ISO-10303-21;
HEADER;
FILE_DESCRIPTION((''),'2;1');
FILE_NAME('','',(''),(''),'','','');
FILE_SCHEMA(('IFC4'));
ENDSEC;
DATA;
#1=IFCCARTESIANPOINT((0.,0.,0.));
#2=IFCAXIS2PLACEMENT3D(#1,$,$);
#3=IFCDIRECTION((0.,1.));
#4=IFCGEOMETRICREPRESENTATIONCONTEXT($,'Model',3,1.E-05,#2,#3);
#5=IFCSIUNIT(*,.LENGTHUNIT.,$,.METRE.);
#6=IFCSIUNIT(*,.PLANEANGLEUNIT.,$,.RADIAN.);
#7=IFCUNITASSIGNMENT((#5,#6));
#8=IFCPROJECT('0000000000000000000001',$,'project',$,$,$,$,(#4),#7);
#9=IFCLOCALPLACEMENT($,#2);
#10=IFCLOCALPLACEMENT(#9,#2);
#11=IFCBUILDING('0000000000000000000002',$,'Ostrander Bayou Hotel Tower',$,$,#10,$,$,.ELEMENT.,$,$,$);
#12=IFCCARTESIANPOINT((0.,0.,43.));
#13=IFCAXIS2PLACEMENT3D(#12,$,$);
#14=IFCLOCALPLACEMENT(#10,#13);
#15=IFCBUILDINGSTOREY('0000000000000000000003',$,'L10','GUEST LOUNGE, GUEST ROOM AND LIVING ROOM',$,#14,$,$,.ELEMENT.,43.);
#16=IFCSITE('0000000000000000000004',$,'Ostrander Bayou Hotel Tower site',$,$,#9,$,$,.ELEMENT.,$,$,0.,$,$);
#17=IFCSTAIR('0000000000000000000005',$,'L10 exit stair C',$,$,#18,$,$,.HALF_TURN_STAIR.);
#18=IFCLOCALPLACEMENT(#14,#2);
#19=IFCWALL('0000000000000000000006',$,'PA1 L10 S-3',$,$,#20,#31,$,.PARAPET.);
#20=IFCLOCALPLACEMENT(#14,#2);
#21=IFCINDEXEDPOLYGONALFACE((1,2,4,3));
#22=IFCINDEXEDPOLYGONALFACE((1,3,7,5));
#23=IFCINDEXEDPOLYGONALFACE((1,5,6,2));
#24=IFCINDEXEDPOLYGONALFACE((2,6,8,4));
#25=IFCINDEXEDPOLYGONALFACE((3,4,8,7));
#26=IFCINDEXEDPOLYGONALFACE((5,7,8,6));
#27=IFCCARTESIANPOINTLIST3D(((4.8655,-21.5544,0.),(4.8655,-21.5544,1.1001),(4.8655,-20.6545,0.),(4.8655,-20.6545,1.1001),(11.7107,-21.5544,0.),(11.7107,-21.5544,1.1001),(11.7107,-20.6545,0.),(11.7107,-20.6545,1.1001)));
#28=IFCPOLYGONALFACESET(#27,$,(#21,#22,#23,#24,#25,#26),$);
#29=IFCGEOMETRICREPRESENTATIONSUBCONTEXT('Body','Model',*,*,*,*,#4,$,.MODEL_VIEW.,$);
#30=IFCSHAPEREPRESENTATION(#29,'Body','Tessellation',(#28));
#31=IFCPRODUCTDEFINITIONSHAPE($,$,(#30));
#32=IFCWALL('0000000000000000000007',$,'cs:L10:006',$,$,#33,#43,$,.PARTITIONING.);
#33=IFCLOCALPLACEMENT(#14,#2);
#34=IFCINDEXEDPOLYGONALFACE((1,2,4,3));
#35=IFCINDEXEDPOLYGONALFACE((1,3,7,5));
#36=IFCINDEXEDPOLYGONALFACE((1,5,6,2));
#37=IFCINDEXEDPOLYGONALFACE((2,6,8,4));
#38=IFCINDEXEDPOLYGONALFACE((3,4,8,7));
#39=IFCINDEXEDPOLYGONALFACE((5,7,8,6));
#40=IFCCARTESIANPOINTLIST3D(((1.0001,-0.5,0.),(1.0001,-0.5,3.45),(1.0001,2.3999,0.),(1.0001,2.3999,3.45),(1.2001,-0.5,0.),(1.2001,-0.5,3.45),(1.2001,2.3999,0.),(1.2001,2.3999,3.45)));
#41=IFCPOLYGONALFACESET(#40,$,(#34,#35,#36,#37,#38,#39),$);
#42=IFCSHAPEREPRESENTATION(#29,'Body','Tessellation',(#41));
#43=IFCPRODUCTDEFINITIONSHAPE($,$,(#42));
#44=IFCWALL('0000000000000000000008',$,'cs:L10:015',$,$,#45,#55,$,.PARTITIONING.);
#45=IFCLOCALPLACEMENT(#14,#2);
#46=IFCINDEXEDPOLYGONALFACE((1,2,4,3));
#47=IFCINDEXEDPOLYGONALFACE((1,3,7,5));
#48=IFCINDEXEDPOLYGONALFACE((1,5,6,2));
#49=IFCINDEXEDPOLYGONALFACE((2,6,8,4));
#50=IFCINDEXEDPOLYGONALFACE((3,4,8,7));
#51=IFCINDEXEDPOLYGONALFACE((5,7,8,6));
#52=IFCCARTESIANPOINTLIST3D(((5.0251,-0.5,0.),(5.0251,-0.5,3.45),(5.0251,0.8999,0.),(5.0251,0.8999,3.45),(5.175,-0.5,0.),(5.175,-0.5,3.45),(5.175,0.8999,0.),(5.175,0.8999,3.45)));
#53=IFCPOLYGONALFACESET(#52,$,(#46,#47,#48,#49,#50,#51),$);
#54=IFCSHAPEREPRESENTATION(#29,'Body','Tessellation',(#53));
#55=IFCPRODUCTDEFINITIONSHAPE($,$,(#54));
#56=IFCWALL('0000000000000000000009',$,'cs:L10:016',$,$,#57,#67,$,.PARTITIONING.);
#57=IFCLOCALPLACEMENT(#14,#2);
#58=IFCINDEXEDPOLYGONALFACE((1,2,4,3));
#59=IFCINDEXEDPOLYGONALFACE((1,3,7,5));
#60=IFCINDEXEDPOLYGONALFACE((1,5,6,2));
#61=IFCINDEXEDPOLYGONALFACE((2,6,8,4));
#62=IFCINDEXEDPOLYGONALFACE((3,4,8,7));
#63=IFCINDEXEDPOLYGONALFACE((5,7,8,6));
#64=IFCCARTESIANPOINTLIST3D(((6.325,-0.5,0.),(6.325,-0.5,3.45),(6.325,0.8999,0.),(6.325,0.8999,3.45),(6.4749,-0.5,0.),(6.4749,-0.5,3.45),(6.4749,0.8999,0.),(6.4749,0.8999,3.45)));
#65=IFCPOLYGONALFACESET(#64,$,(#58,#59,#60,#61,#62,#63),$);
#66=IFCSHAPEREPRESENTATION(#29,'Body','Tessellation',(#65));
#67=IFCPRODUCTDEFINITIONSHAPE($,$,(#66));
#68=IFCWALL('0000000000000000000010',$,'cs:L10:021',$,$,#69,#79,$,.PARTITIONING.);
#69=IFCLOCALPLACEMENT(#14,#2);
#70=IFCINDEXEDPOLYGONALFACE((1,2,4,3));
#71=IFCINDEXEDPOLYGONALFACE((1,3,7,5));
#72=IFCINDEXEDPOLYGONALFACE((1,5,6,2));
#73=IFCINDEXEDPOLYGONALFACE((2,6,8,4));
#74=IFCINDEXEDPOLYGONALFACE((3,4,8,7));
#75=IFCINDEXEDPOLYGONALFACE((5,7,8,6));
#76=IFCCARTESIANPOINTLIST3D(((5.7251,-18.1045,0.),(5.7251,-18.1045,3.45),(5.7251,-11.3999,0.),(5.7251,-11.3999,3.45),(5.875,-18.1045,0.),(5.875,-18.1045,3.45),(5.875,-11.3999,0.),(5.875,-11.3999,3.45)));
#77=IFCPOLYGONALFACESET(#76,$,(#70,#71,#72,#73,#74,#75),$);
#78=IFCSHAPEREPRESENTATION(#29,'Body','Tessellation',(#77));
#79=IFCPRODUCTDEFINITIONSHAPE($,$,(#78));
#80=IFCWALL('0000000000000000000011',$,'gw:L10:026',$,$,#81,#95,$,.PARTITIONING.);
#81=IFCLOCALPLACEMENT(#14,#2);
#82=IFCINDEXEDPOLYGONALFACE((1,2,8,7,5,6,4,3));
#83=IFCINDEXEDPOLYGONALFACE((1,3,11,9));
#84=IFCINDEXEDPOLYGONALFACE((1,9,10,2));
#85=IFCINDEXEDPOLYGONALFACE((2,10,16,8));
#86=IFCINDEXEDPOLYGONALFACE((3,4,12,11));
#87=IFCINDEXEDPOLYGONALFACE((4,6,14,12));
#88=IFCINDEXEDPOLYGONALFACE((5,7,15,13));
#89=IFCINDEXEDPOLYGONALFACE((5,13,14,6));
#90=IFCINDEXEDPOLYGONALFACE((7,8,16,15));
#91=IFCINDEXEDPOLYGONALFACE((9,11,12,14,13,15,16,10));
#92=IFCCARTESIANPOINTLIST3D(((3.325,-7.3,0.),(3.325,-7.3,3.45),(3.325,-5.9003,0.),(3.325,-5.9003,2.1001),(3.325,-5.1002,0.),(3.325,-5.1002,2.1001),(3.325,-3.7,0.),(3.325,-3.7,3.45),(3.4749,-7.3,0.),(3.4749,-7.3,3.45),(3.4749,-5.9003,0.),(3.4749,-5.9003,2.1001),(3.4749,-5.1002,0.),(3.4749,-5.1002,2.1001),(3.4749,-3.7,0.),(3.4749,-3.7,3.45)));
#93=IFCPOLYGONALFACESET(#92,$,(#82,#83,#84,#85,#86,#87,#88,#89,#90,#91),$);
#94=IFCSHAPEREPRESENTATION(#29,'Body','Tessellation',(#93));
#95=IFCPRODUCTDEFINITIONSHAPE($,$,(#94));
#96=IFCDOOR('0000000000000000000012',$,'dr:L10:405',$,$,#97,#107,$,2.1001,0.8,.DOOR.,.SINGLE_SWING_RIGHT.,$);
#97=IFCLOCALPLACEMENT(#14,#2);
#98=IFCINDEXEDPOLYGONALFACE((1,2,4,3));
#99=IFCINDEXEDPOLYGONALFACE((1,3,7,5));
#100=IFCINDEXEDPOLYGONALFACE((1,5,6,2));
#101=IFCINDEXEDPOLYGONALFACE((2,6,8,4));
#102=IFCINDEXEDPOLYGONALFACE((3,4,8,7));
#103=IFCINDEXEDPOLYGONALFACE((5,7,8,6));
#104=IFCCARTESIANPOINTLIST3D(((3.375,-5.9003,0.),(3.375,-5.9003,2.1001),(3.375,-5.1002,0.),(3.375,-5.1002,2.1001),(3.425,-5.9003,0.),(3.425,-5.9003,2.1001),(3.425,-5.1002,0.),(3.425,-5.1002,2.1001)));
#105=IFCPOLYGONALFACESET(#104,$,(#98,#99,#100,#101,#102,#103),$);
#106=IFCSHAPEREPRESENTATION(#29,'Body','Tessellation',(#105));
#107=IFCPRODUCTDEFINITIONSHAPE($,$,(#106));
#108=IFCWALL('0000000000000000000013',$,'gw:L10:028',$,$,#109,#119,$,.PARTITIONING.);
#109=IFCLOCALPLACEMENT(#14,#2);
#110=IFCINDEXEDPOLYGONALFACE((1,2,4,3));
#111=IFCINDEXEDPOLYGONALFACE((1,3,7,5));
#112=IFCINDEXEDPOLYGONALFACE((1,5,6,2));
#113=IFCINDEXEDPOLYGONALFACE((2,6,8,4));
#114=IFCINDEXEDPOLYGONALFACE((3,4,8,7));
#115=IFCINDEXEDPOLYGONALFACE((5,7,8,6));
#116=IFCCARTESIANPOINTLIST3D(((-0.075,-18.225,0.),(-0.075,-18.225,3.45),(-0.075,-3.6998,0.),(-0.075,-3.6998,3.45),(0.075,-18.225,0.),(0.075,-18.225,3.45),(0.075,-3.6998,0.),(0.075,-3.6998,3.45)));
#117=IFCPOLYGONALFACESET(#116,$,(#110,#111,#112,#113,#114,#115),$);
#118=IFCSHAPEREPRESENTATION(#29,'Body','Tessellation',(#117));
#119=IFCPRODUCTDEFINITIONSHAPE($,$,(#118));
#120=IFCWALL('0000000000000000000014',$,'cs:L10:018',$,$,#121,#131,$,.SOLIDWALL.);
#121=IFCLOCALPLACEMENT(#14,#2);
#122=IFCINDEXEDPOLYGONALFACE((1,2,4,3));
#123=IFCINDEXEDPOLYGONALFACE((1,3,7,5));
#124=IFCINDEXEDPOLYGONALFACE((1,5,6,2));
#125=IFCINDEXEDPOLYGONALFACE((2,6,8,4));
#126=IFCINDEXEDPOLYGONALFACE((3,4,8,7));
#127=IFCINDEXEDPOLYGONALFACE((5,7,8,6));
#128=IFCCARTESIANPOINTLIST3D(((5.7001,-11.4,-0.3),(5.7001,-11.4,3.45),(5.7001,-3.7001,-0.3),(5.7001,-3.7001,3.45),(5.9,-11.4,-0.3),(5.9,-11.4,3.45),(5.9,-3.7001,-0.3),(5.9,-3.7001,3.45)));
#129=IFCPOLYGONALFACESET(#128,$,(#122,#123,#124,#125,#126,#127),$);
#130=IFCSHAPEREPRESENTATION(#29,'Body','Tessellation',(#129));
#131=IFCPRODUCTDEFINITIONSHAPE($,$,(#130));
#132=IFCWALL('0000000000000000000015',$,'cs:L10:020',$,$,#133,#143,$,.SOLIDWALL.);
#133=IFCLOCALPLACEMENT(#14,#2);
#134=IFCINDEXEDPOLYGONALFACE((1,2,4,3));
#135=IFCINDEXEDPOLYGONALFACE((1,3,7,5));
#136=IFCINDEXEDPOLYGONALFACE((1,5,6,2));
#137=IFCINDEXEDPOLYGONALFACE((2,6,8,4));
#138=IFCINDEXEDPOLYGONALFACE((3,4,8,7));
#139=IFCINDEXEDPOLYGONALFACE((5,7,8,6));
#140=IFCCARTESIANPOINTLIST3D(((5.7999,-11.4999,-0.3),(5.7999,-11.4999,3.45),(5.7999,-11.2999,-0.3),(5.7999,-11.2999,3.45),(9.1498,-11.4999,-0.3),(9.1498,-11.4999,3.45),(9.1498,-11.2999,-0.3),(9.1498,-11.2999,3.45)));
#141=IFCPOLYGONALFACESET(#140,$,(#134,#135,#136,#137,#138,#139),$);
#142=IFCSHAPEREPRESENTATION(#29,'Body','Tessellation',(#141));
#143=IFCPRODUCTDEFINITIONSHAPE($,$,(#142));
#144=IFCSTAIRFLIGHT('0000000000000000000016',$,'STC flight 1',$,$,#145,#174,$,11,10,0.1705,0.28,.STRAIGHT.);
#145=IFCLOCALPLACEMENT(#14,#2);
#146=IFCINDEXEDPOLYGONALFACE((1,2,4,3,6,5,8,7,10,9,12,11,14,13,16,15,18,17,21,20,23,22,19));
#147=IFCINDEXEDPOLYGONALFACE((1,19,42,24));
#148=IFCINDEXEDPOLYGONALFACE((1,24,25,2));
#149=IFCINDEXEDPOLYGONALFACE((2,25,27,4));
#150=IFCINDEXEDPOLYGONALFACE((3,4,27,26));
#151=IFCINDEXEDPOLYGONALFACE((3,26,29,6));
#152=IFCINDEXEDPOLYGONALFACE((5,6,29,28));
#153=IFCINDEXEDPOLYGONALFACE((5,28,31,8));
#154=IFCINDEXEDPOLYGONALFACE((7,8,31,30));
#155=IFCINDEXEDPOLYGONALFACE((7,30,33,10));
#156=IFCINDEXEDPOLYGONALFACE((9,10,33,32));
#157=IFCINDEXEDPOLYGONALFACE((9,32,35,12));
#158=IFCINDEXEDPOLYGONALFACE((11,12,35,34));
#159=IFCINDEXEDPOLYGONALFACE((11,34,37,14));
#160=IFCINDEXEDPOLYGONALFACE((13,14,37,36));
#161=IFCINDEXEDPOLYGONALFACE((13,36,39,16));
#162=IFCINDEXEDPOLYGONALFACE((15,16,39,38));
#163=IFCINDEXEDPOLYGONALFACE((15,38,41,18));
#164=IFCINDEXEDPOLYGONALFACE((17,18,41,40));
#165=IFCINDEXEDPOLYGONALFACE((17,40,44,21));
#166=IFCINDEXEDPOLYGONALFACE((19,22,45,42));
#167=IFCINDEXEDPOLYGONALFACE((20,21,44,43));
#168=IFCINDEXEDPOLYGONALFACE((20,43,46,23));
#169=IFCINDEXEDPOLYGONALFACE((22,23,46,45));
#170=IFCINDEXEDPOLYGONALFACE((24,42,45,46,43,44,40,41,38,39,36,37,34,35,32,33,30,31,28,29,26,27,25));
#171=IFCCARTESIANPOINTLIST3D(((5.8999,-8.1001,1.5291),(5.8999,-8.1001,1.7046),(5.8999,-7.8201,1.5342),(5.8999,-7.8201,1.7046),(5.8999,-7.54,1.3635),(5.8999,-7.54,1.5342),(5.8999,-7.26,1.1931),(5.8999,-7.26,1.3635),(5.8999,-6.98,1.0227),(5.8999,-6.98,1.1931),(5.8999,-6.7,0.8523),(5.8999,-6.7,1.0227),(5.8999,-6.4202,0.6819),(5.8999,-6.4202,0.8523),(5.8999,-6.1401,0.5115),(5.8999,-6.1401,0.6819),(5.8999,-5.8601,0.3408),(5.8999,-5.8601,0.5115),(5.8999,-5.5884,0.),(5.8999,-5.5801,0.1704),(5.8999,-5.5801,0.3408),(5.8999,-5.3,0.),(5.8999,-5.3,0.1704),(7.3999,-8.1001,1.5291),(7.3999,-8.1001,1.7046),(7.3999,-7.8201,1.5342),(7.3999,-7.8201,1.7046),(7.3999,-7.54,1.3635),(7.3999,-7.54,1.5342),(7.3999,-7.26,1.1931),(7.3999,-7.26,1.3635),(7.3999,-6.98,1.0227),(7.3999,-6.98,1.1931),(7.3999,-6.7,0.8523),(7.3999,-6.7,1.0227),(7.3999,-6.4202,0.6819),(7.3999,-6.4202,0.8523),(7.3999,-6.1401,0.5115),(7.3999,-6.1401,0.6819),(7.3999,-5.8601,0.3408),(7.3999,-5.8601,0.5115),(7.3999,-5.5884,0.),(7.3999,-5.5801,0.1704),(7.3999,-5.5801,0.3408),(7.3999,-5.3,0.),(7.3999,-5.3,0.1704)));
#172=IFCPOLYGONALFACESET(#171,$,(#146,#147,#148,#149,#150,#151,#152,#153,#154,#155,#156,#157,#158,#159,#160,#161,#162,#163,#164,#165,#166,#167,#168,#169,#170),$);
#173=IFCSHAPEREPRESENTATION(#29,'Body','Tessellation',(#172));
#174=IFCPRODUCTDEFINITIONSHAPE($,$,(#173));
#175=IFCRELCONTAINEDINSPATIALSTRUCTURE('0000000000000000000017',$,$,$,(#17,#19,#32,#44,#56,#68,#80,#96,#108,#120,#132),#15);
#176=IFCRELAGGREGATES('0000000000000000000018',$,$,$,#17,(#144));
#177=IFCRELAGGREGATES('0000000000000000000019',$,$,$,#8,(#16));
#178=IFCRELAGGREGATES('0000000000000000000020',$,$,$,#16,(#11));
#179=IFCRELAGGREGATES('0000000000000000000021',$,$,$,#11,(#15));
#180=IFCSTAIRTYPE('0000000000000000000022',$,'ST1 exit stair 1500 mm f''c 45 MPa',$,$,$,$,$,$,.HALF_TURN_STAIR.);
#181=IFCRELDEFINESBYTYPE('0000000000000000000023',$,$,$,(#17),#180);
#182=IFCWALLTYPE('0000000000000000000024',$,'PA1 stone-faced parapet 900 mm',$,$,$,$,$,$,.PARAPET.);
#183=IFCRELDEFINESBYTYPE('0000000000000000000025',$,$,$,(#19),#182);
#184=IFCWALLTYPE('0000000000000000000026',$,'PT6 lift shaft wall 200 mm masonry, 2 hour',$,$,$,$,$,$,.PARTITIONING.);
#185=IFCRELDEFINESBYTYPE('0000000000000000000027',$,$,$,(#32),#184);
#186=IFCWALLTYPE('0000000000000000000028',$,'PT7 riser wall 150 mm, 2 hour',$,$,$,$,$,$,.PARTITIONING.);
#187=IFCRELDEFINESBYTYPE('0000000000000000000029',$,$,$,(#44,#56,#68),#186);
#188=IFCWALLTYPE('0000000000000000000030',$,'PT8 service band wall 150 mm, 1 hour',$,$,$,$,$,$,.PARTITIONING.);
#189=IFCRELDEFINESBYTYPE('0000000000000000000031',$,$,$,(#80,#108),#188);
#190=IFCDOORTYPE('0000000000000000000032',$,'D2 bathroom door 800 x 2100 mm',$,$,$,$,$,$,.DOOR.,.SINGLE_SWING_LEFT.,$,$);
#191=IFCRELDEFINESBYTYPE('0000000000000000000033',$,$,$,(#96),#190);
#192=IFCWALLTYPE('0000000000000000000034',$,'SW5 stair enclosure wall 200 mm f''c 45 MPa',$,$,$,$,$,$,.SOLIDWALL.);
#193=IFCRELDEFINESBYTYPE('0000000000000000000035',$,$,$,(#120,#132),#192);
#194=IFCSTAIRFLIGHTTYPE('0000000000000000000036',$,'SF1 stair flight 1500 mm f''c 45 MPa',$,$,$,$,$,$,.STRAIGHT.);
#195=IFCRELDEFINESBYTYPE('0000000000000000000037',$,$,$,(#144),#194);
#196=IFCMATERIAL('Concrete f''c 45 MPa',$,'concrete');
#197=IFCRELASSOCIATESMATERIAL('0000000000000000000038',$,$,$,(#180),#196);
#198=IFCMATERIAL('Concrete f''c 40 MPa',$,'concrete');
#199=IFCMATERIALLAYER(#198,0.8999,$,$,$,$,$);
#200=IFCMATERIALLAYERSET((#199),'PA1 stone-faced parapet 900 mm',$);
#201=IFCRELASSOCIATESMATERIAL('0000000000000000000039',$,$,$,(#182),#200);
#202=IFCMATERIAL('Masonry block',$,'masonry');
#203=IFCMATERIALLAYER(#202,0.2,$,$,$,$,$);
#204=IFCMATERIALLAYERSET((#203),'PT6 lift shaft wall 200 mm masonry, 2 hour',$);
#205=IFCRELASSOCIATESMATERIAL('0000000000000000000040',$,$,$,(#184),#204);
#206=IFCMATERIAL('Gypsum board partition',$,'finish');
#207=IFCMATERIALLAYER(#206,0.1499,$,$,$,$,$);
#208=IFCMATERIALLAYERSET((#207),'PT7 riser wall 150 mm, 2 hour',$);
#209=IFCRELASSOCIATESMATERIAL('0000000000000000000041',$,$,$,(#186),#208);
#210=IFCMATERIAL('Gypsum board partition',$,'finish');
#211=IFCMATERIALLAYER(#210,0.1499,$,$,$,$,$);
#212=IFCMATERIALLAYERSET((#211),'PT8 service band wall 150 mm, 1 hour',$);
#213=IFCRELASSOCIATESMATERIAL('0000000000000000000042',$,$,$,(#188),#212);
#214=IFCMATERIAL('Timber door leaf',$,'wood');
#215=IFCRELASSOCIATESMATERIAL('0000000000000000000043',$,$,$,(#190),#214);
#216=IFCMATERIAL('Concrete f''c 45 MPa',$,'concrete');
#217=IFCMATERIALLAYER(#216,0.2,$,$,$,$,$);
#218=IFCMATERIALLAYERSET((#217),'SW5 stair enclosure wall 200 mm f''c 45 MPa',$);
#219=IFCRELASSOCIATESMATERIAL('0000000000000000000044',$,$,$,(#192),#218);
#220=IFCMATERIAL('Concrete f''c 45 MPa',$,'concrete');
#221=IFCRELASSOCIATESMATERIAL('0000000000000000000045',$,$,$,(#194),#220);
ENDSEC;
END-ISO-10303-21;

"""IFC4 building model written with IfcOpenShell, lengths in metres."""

from ifc_helpers import new_model, si_unit, direction, frame, frame_2d, origin, place, context, subcontext, project, spatial, polyline, rectangle, outline, extrude, material, layer, layer_set, type_object, element, fill, aggregate, save


model = new_model("IFC4")

# Units and contexts
model_context = context("Model", 3, precision=1e-05, world=origin(), true_north=direction((0.0, 1.0)))
body_context = subcontext(model_context, "Body", "Model", "MODEL_VIEW")
ifc_project = project(units=[si_unit("LENGTHUNIT", "METRE"), si_unit("PLANEANGLEUNIT", "RADIAN")], contexts=[model_context])

# Site, building, storey
site_placement = place(None, origin())
site = spatial("IfcSite", under=ifc_project, at=site_placement, Name="Ostrander Bayou Hotel Tower site", CompositionType="ELEMENT", RefElevation=0.0)
building_placement = place(site_placement, origin())
building = spatial("IfcBuilding", under=site, at=building_placement, Name="Ostrander Bayou Hotel Tower", CompositionType="ELEMENT")
storey_placement = place(building_placement, frame((0.0, 0.0, 43.0)))
storey = spatial("IfcBuildingStorey", under=building, at=storey_placement, Name="L10", Description="GUEST LOUNGE, GUEST ROOM AND LIVING ROOM", CompositionType="ELEMENT", Elevation=43.0)

# Stair
ifc_material_1 = material(Name="Concrete f'c 45 MPa", Category="concrete")
stair_type = type_object("IfcStairType", Name="ST1 exit stair 1500 mm f'c 45 MPa", PredefinedType="HALF_TURN_STAIR", material=ifc_material_1)
stair_1_placement = place(storey_placement, origin())
stair_1 = element("IfcStair", 1, at=stair_1_placement, inside=storey, type_object=stair_type, Name="L10 exit stair C", PredefinedType="HALF_TURN_STAIR")

# Walls
ifc_material_2 = material(Name="Concrete f'c 40 MPa", Category="concrete")
ifc_layer_1 = layer(ifc_material_2, 0.8999)
ifc_layer_set_1 = layer_set([ifc_layer_1], Name="PA1 stone-faced parapet 900 mm")
wall_type_1 = type_object("IfcWallType", Name="PA1 stone-faced parapet 900 mm", PredefinedType="PARAPET", material=ifc_layer_set_1)
wall_1_placement = place(storey_placement, frame((4.8655, -21.1045, 0.0), z_axis=(0.0, 0.0, 1.0), x_axis=(1.0, 0.0, 0.0)))
element("IfcWall", 2, at=wall_1_placement, inside=storey, type_object=wall_type_1, Name="PA1 L10 S-3", PredefinedType="PARAPET", context=body_context, shape_type="SweptSolid", body=[
    extrude(rectangle(XDim=6.8452, YDim=0.8999, at=frame_2d((3.4226, 0.0))), origin(), (0.0, 0.0, 1.0), 1.1001),
])
ifc_material_3 = material(Name="Masonry block", Category="masonry")
ifc_layer_2 = layer(ifc_material_3, 0.2)
ifc_layer_set_2 = layer_set([ifc_layer_2], Name="PT6 lift shaft wall 200 mm masonry, 2 hour")
wall_type_2 = type_object("IfcWallType", Name="PT6 lift shaft wall 200 mm masonry, 2 hour", PredefinedType="PARTITIONING", material=ifc_layer_set_2)
wall_2_placement = place(storey_placement, frame((1.1001, -0.5, 0.0), z_axis=(0.0, 0.0, 1.0), x_axis=(0.0, 1.0, 0.0)))
element("IfcWall", 3, at=wall_2_placement, inside=storey, type_object=wall_type_2, Name="cs:L10:006", PredefinedType="PARTITIONING", context=body_context, shape_type="SweptSolid", body=[
    extrude(rectangle(XDim=2.8999, YDim=0.2, at=frame_2d((1.45, 0.0))), origin(), (0.0, 0.0, 1.0), 3.45),
])
ifc_material_4 = material(Name="Gypsum board partition", Category="finish")
ifc_layer_3 = layer(ifc_material_4, 0.1499)
ifc_layer_set_3 = layer_set([ifc_layer_3], Name="PT7 riser wall 150 mm, 2 hour")
wall_type_3 = type_object("IfcWallType", Name="PT7 riser wall 150 mm, 2 hour", PredefinedType="PARTITIONING", material=ifc_layer_set_3)
for number, where, z_axis, x_axis, name in (
    (4, (5.1001, -0.5, 0.0), (0.0, 0.0, 1.0), (0.0, 1.0, 0.0), "cs:L10:015"),
    (5, (6.3999, -0.5, 0.0), (0.0, 0.0, 1.0), (0.0, 1.0, 0.0), "cs:L10:016"),
):
    element("IfcWall", number, at=place(storey_placement, frame(where, z_axis=z_axis, x_axis=x_axis)), inside=storey, type_object=wall_type_3, Name=name, PredefinedType="PARTITIONING", context=body_context, shape_type="SweptSolid", body=[
        extrude(rectangle(XDim=1.3999, YDim=0.1499, at=frame_2d((0.7, 0.0))), origin(), (0.0, 0.0, 1.0), 3.45),
    ])
wall_3_placement = place(storey_placement, frame((5.8, -11.3999, 0.0), z_axis=(0.0, 0.0, 1.0), x_axis=(0.0, -1.0, 0.0)))
element("IfcWall", 6, at=wall_3_placement, inside=storey, type_object=wall_type_3, Name="cs:L10:021", PredefinedType="PARTITIONING", context=body_context, shape_type="SweptSolid", body=[
    extrude(rectangle(XDim=6.7046, YDim=0.1499, at=frame_2d((3.3523, 0.0))), origin(), (0.0, 0.0, 1.0), 3.45),
])

# Wall, opening, door
ifc_material_5 = material(Name="Gypsum board partition", Category="finish")
ifc_layer_4 = layer(ifc_material_5, 0.1499)
ifc_layer_set_4 = layer_set([ifc_layer_4], Name="PT8 service band wall 150 mm, 1 hour")
wall_type_4 = type_object("IfcWallType", Name="PT8 service band wall 150 mm, 1 hour", PredefinedType="PARTITIONING", material=ifc_layer_set_4)
wall_4_placement = place(storey_placement, frame((3.3999, -7.3, 0.0), z_axis=(0.0, 0.0, 1.0), x_axis=(0.0, 1.0, 0.0)))
wall_4 = element("IfcWall", 7, at=wall_4_placement, inside=storey, type_object=wall_type_4, Name="gw:L10:026", PredefinedType="PARTITIONING", context=body_context, shape_type="SweptSolid", body=[
    extrude(rectangle(XDim=3.6001, YDim=0.1499, at=frame_2d((1.8, 0.0))), origin(), (0.0, 0.0, 1.0), 3.45),
])
opening_1_placement = place(wall_4_placement, frame((1.3999, 0.0, 0.0)))
opening_1 = element("IfcOpeningElement", 8, at=opening_1_placement, cuts=wall_4, PredefinedType="OPENING", context=body_context, shape_type="SweptSolid", body=[
    extrude(rectangle(XDim=0.8, YDim=2.1001, at=frame_2d((0.3999, 1.05))), frame((0.0, 0.075, 0.0), z_axis=(0.0, -1.0, 0.0), x_axis=(1.0, 0.0, 0.0)), (0.0, 0.0, 1.0), 0.1499),
])
ifc_material_6 = material(Name="Timber door leaf", Category="wood")
door_type_1 = type_object("IfcDoorType", Name="D2 bathroom door 800 x 2100 mm", OperationType="SINGLE_SWING_LEFT", PredefinedType="DOOR", material=ifc_material_6)
door_1_placement = place(opening_1_placement, origin())
door_1 = element("IfcDoor", 9, at=door_1_placement, inside=storey, type_object=door_type_1, Name="dr:L10:405", OperationType="SINGLE_SWING_RIGHT", OverallHeight=2.1001, OverallWidth=0.8, PredefinedType="DOOR", context=body_context, shape_type="SweptSolid", body=[
    extrude(rectangle(XDim=0.8, YDim=2.1001, at=frame_2d((0.3999, 1.05))), frame((0.0, 0.0249, 0.0), z_axis=(0.0, -1.0, 0.0), x_axis=(1.0, 0.0, 0.0)), (0.0, 0.0, 1.0), 0.05),
])
fill(opening_1, door_1)

# Wall
wall_5_placement = place(storey_placement, frame((0.0, -18.2251, 0.0), z_axis=(0.0, 0.0, 1.0), x_axis=(0.0, 1.0, 0.0)))
element("IfcWall", 10, at=wall_5_placement, inside=storey, type_object=wall_type_4, Name="gw:L10:028", PredefinedType="PARTITIONING", context=body_context, shape_type="SweptSolid", body=[
    extrude(rectangle(XDim=14.5251, YDim=0.1499, at=frame_2d((7.2627, 0.0))), origin(), (0.0, 0.0, 1.0), 3.45),
])

# Shared definitions
ifc_material_7 = material(Name="Concrete f'c 45 MPa", Category="concrete")
ifc_layer_5 = layer(ifc_material_7, 0.2)
ifc_layer_set_5 = layer_set([ifc_layer_5], Name="SW5 stair enclosure wall 200 mm f'c 45 MPa")
wall_type_5 = type_object("IfcWallType", Name="SW5 stair enclosure wall 200 mm f'c 45 MPa", PredefinedType="SOLIDWALL", material=ifc_layer_set_5)

# Walls
wall_6_placement = place(storey_placement, frame((5.8, -3.7, -0.3), z_axis=(0.0, 0.0, 1.0), x_axis=(0.0, -1.0, 0.0)))
element("IfcWall", 11, at=wall_6_placement, inside=storey, type_object=wall_type_5, Name="cs:L10:018", PredefinedType="SOLIDWALL", context=body_context, shape_type="SweptSolid", body=[
    extrude(rectangle(XDim=7.7, YDim=0.2, at=frame_2d((3.8501, 0.0))), origin(), (0.0, 0.0, 1.0), 3.75),
])
wall_7_placement = place(storey_placement, frame((5.8, -11.3999, -0.3), z_axis=(0.0, 0.0, 1.0), x_axis=(1.0, 0.0, 0.0)))
element("IfcWall", 12, at=wall_7_placement, inside=storey, type_object=wall_type_5, Name="cs:L10:020", PredefinedType="SOLIDWALL", context=body_context, shape_type="SweptSolid", body=[
    extrude(rectangle(XDim=3.3499, YDim=0.2, at=frame_2d((1.6748, 0.0))), origin(), (0.0, 0.0, 1.0), 3.75),
])

# Stair flight
ifc_material_8 = material(Name="Concrete f'c 45 MPa", Category="concrete")
stair_flight_type = type_object("IfcStairFlightType", Name="SF1 stair flight 1500 mm f'c 45 MPa", PredefinedType="STRAIGHT", material=ifc_material_8)
stair_flight_placement = place(storey_placement, frame((6.6499, -5.3, 0.0), z_axis=(0.0, 0.0, 1.0), x_axis=(0.0, -1.0, 0.0)))
stair_flight = element("IfcStairFlight", 13, at=stair_flight_placement, type_object=stair_flight_type, Name="STC flight 1", NumberOfRisers=11, NumberOfTreads=10, PredefinedType="STRAIGHT", RiserHeight=0.1705, TreadLength=0.28, context=body_context, shape_type="SweptSolid", body=[
    extrude(outline(polyline([(0.0, 0.0), (0.0, 0.1704), (0.28, 0.1704), (0.28, 0.3408), (0.5601, 0.3408), (0.5601, 0.5115), (0.8401, 0.5115), (0.8401, 0.6819), (1.1201, 0.6819), (1.1201, 0.8523), (1.3999, 0.8523), (1.3999, 1.0227), (1.6799, 1.0227), (1.6799, 1.1931), (1.96, 1.1931), (1.96, 1.3635), (2.24, 1.3635), (2.24, 1.5342), (2.52, 1.5342), (2.52, 1.7046), (2.8, 1.7046), (2.8, 1.875), (2.8, 1.5291), (0.2883, 0.0), (0.0, 0.0)])), frame((0.0, 0.75, 0.0), z_axis=(0.0, -1.0, 0.0), x_axis=(1.0, 0.0, 0.0)), (0.0, 0.0, 1.0), 1.5),
])
aggregate(stair_1, [stair_flight])

save(model, "model.ifc")
